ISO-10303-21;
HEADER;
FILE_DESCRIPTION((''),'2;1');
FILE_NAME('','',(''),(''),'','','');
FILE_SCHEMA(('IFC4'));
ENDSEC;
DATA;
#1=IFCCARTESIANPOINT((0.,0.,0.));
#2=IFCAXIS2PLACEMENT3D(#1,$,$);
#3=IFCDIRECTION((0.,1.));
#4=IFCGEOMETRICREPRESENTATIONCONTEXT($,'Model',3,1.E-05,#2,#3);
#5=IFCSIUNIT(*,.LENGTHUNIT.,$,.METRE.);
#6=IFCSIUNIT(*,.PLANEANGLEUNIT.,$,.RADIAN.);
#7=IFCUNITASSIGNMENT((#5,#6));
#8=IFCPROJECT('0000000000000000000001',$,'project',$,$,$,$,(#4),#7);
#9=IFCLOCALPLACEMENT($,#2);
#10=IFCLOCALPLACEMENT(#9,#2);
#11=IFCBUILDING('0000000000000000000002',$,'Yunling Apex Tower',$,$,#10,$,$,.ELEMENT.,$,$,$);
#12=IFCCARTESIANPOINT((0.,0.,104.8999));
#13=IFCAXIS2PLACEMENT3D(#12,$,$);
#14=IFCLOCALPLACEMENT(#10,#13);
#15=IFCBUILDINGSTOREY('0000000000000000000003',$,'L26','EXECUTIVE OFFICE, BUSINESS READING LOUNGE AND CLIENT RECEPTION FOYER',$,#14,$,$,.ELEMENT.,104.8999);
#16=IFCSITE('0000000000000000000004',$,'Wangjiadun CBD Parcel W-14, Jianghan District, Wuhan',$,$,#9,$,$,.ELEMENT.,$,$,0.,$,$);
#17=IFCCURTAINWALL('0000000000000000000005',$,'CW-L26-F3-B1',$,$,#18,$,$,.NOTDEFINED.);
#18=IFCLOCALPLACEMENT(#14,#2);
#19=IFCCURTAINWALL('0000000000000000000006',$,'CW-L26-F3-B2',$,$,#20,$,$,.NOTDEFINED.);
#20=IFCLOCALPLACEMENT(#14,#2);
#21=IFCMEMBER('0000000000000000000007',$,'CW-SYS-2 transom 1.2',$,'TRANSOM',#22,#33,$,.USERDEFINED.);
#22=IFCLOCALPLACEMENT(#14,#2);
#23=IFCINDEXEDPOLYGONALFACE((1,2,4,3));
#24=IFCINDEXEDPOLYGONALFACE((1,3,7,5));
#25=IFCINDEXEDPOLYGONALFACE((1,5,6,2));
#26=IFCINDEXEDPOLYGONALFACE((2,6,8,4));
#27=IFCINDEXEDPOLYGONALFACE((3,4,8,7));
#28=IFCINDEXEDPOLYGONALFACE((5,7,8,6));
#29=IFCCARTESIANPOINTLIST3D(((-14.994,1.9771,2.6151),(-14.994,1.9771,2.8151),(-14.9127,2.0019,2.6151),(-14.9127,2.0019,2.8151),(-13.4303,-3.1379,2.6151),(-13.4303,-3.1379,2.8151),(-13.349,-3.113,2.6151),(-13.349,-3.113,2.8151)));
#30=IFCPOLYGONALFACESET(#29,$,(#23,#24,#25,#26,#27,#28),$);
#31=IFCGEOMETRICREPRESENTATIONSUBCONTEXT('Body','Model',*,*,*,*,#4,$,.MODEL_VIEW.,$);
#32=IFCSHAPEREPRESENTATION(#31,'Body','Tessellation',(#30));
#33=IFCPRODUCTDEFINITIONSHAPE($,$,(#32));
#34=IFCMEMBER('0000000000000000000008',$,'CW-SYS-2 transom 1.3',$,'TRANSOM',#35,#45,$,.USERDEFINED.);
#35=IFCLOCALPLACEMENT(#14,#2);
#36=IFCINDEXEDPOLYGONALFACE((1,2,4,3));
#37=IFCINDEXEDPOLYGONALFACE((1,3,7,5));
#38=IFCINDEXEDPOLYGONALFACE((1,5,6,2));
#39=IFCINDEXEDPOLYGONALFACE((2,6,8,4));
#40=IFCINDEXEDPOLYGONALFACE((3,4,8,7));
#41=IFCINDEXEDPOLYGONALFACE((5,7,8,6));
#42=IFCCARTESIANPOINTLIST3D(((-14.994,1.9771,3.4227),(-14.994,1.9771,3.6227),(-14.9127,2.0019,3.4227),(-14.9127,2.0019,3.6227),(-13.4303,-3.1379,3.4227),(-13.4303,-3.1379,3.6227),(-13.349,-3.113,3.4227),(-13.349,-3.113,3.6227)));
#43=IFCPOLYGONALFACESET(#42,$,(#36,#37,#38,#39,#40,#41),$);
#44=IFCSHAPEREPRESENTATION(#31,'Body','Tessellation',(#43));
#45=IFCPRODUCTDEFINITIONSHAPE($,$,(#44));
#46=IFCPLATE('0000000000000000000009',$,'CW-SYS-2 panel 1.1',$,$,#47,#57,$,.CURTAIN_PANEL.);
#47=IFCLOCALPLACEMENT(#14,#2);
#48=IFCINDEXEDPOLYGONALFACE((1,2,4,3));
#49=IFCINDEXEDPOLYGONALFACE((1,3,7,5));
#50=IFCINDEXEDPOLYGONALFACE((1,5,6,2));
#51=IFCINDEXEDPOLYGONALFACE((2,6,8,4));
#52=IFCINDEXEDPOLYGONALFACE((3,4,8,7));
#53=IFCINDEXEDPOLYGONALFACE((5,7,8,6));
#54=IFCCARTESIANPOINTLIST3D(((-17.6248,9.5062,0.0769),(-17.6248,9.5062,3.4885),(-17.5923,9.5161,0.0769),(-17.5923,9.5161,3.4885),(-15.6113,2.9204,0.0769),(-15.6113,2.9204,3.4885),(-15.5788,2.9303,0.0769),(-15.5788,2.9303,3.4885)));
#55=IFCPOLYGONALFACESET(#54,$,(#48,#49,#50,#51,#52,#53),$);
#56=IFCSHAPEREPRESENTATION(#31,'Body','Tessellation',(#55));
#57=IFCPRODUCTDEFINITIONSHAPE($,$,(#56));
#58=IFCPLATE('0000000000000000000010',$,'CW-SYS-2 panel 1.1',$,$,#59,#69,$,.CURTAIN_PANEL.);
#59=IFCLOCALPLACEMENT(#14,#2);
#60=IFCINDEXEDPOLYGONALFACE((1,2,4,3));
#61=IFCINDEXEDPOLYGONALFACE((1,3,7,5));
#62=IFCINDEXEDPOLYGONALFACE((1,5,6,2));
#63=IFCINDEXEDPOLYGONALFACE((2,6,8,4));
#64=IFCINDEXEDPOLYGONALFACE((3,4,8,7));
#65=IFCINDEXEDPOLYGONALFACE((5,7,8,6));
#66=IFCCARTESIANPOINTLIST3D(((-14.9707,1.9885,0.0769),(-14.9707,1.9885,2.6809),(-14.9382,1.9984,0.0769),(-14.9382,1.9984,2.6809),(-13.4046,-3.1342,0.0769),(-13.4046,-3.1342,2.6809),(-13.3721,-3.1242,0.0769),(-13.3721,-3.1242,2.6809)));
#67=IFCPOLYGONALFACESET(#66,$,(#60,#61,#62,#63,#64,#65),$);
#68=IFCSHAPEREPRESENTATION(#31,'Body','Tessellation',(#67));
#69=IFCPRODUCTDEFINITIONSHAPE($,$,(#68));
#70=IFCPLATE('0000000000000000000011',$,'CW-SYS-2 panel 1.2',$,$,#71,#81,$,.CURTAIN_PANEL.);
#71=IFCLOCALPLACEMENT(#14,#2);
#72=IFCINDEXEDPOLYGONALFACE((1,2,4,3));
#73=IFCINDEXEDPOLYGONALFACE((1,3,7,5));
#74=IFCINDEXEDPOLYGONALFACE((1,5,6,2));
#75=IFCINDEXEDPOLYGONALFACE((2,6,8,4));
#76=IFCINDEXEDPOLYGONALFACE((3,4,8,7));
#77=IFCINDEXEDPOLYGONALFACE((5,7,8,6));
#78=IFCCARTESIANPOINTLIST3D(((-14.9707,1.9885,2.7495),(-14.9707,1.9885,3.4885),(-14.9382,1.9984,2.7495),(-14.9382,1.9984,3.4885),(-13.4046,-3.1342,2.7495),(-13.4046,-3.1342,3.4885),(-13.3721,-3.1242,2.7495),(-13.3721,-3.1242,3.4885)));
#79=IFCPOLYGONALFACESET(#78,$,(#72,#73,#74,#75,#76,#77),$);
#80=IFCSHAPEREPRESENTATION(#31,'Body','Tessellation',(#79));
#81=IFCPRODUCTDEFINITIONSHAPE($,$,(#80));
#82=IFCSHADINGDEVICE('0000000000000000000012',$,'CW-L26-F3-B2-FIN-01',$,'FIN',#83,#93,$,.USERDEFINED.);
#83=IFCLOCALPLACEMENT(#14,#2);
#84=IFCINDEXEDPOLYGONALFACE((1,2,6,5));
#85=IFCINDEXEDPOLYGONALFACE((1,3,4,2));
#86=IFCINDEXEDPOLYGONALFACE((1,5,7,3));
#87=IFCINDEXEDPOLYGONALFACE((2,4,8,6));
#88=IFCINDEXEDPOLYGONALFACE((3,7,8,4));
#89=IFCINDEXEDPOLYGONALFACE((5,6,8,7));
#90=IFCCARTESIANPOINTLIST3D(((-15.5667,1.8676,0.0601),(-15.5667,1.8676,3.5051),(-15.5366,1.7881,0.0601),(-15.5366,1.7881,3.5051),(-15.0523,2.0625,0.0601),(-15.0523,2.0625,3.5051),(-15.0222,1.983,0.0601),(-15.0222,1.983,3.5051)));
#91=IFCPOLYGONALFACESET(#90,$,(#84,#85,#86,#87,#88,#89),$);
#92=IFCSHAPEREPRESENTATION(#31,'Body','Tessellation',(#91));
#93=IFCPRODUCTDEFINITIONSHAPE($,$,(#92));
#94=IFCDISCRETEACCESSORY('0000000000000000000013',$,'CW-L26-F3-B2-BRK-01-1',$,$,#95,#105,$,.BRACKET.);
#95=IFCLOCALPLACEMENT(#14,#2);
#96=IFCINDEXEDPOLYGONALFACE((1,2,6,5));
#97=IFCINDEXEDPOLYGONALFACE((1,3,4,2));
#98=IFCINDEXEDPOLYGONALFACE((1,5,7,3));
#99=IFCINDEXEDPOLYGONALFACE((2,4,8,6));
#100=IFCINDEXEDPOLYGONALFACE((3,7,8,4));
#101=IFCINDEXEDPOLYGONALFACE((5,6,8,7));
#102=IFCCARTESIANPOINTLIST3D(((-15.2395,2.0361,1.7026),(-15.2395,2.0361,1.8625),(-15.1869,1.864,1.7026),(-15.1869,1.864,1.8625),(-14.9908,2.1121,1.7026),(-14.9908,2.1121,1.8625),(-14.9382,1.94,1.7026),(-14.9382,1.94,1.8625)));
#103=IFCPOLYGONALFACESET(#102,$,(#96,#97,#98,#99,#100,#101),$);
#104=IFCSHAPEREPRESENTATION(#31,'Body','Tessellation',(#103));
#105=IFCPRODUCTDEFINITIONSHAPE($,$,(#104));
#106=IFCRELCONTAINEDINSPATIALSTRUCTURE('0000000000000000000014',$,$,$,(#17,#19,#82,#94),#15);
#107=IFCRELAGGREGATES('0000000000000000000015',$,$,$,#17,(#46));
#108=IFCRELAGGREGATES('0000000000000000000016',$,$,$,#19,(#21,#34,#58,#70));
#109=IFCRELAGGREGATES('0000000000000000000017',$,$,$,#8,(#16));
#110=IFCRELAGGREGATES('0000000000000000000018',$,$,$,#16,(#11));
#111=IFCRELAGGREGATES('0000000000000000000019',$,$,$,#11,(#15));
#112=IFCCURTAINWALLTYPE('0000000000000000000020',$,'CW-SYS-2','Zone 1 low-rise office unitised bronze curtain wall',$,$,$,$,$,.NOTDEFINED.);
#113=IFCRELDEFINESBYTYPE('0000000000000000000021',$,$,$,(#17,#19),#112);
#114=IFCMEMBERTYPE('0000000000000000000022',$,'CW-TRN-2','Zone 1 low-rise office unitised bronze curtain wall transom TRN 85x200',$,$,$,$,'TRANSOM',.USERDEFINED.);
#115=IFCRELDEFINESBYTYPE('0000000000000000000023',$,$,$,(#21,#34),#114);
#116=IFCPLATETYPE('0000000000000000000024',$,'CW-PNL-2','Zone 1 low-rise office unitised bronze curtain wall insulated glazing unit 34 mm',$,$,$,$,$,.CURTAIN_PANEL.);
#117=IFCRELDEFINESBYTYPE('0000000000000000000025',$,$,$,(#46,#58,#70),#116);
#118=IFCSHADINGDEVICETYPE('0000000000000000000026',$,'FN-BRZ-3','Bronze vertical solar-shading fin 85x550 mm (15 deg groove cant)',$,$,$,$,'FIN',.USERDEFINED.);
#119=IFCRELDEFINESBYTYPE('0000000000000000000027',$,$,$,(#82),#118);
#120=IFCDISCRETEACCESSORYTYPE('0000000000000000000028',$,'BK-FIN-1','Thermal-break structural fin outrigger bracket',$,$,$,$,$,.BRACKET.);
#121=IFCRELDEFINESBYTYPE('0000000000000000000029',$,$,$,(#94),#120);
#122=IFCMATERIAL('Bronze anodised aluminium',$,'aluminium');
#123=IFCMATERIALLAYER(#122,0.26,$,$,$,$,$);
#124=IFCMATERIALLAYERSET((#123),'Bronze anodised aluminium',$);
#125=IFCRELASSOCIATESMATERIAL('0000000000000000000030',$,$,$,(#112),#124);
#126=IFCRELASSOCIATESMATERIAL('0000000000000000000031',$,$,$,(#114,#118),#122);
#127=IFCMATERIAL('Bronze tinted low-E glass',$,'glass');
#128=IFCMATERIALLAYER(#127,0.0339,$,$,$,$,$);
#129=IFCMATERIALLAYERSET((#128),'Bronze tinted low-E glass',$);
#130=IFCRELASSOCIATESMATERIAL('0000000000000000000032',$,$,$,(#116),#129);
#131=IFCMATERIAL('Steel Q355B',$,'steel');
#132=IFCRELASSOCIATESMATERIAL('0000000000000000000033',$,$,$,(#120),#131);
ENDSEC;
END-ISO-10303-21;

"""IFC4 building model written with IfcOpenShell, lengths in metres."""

from ifc_helpers import new_model, si_unit, direction, frame, origin, origin_2d, place, context, subcontext, project, spatial, rectangle, extrude, source, transform, mapped, material, layer, layer_set, material_profile, profile_set, type_object, element, aggregate, save


model = new_model("IFC4")

# Units and contexts
model_context = context("Model", 3, precision=1e-05, world=origin(), true_north=direction((0.0, 1.0)))
body_context = subcontext(model_context, "Body", "Model", "MODEL_VIEW")
ifc_project = project(units=[si_unit("LENGTHUNIT", "METRE"), si_unit("PLANEANGLEUNIT", "RADIAN")], contexts=[model_context])

# Site, building, storey
site_placement = place(None, origin())
site = spatial("IfcSite", under=ifc_project, at=site_placement, Name="Wangjiadun CBD Parcel W-14, Jianghan District, Wuhan", CompositionType="ELEMENT", RefElevation=0.0)
building_placement = place(site_placement, origin())
building = spatial("IfcBuilding", under=site, at=building_placement, Name="Yunling Apex Tower", CompositionType="ELEMENT")
storey_placement = place(building_placement, frame((0.0, 0.0, 104.8999)))
storey = spatial("IfcBuildingStorey", under=building, at=storey_placement, Name="L26", Description="EXECUTIVE OFFICE, BUSINESS READING LOUNGE AND CLIENT RECEPTION FOYER", CompositionType="ELEMENT", Elevation=104.8999)

# Shared definitions
ifc_material_1 = material(Name="Steel Q355B", Category="steel")

# Curtain wall
ifc_material_2 = material(Name="Bronze anodised aluminium", Category="aluminium")
ifc_layer_1 = layer(ifc_material_2, 0.26)
ifc_layer_set_1 = layer_set([ifc_layer_1], Name="Bronze anodised aluminium")
curtain_wall_type = type_object("IfcCurtainWallType", Name="CW-SYS-2", Description="Zone 1 low-rise office unitised bronze curtain wall", PredefinedType="NOTDEFINED", material=ifc_layer_set_1)
curtain_wall_1_placement = place(storey_placement, origin())
curtain_wall_1 = element("IfcCurtainWall", 1, at=curtain_wall_1_placement, inside=storey, type_object=curtain_wall_type, Name="CW-L26-F3-B1", PredefinedType="NOTDEFINED")

# Curtain wall, members
curtain_wall_2_placement = place(storey_placement, origin())
curtain_wall_2 = element("IfcCurtainWall", 2, at=curtain_wall_2_placement, inside=storey, type_object=curtain_wall_type, Name="CW-L26-F3-B2", PredefinedType="NOTDEFINED")
ifc_material_profile_1 = material_profile(ifc_material_2, rectangle(XDim=0.085, YDim=0.2, at=origin_2d()))
ifc_profile_set_1 = profile_set([ifc_material_profile_1], Name="Bronze anodised aluminium")
member_type_1 = type_object("IfcMemberType", Name="CW-TRN-2", Description="Zone 1 low-rise office unitised bronze curtain wall transom TRN 85x200", ElementType="TRANSOM", PredefinedType="USERDEFINED", material=ifc_profile_set_1)
shared_shape_1 = source(origin(), body_context, "Body", "SweptSolid", [
    extrude(rectangle(XDim=0.085, YDim=0.2, at=origin_2d()), origin(), (0.0, 0.0, 1.0), 5.3486),
])
member_1_placement = place(storey_placement, frame((-14.9534, 1.9895, 2.7151), z_axis=(0.292357, -0.956309, 0.0), x_axis=(0.956309, 0.292357, 0.0)))
member_1 = element("IfcMember", 3, at=member_1_placement, type_object=member_type_1, Name="CW-SYS-2 transom 1.2", ObjectType="TRANSOM", PredefinedType="USERDEFINED", context=body_context, shape_type="MappedRepresentation", body=[
    mapped(shared_shape_1, transform((0.0, 0.0, 0.0), scale=1.0)),
])
member_2_placement = place(storey_placement, frame((-14.9534, 1.9895, 3.5227), z_axis=(0.292357, -0.956309, 0.0), x_axis=(0.956309, 0.292357, 0.0)))
member_2 = element("IfcMember", 4, at=member_2_placement, type_object=member_type_1, Name="CW-SYS-2 transom 1.3", ObjectType="TRANSOM", PredefinedType="USERDEFINED", context=body_context, shape_type="MappedRepresentation", body=[
    mapped(shared_shape_1, transform((0.0, 0.0, 0.0), scale=1.0)),
])

# Plates
ifc_material_3 = material(Name="Bronze tinted low-E glass", Category="glass")
ifc_layer_2 = layer(ifc_material_3, 0.0339)
ifc_layer_set_2 = layer_set([ifc_layer_2], Name="Bronze tinted low-E glass")
plate_type = type_object("IfcPlateType", Name="CW-PNL-2", Description="Zone 1 low-rise office unitised bronze curtain wall insulated glazing unit 34 mm", PredefinedType="CURTAIN_PANEL", material=ifc_layer_set_2)
shared_shape_2 = source(origin(), body_context, "Body", "SweptSolid", [
    extrude(rectangle(XDim=6.8867, YDim=0.0339, at=origin_2d()), origin(), (0.0, 0.0, 1.0), 3.4116),
])
plate_1_placement = place(storey_placement, frame((-16.6018, 6.2183, 0.0769), z_axis=(0.0, 0.0, 1.0), x_axis=(0.292373, -0.956304, 0.0)))
plate_1 = element("IfcPlate", 5, at=plate_1_placement, type_object=plate_type, Name="CW-SYS-2 panel 1.1", PredefinedType="CURTAIN_PANEL", context=body_context, shape_type="MappedRepresentation", body=[
    mapped(shared_shape_2, transform((0.0, 0.0, 0.0), scale=1.0)),
])
aggregate(curtain_wall_1, [plate_1])
shared_shape_3 = source(origin(), body_context, "Body", "SweptSolid", [
    extrude(rectangle(XDim=5.3567, YDim=0.0339, at=origin_2d()), origin(), (0.0, 0.0, 1.0), 2.604),
])
plate_2_placement = place(storey_placement, frame((-14.1714, -0.5679, 0.0769), z_axis=(0.0, 0.0, 1.0), x_axis=(0.292364, -0.956307, 0.0)))
plate_2 = element("IfcPlate", 6, at=plate_2_placement, type_object=plate_type, Name="CW-SYS-2 panel 1.1", PredefinedType="CURTAIN_PANEL", context=body_context, shape_type="MappedRepresentation", body=[
    mapped(shared_shape_3, transform((0.0, 0.0, 0.0), scale=1.0)),
])
shared_shape_4 = source(origin(), body_context, "Body", "SweptSolid", [
    extrude(rectangle(XDim=5.3567, YDim=0.0339, at=origin_2d()), origin(), (0.0, 0.0, 1.0), 0.739),
])
plate_3_placement = place(storey_placement, frame((-14.1714, -0.5679, 2.7495), z_axis=(0.0, 0.0, 1.0), x_axis=(0.292364, -0.956307, 0.0)))
plate_3 = element("IfcPlate", 7, at=plate_3_placement, type_object=plate_type, Name="CW-SYS-2 panel 1.2", PredefinedType="CURTAIN_PANEL", context=body_context, shape_type="MappedRepresentation", body=[
    mapped(shared_shape_4, transform((0.0, 0.0, 0.0), scale=1.0)),
])
aggregate(curtain_wall_2, [member_1, member_2, plate_2, plate_3])

# Shading device
ifc_material_profile_2 = material_profile(ifc_material_2, rectangle(XDim=0.085, YDim=0.55, at=origin_2d()))
ifc_profile_set_2 = profile_set([ifc_material_profile_2], Name="Bronze anodised aluminium")
shading_device_type = type_object("IfcShadingDeviceType", Name="FN-BRZ-3", Description="Bronze vertical solar-shading fin 85x550 mm (15 deg groove cant)", ElementType="FIN", PredefinedType="USERDEFINED", material=ifc_profile_set_2)
shared_shape_5 = source(origin(), body_context, "Body", "SweptSolid", [
    extrude(rectangle(XDim=0.085, YDim=0.55, at=origin_2d()), origin(), (0.0, 0.0, 1.0), 3.4451),
])
shading_device_placement = place(storey_placement, frame((-15.2944, 1.9253, 0.0601), z_axis=(0.0, 0.0, 1.0), x_axis=(0.354291, -0.935135, 0.0)))
element("IfcShadingDevice", 8, at=shading_device_placement, inside=storey, type_object=shading_device_type, Name="CW-L26-F3-B2-FIN-01", ObjectType="FIN", PredefinedType="USERDEFINED", context=body_context, shape_type="MappedRepresentation", body=[
    mapped(shared_shape_5, transform((0.0, 0.0, 0.0), scale=1.0)),
])

# Discrete accessory
discrete_accessory_type = type_object("IfcDiscreteAccessoryType", Name="BK-FIN-1", Description="Thermal-break structural fin outrigger bracket", PredefinedType="BRACKET", material=ifc_material_1)
shared_shape_6 = source(origin(), body_context, "Body", "SweptSolid", [
    extrude(rectangle(XDim=0.1799, YDim=0.26, at=origin_2d()), origin(), (0.0, 0.0, 1.0), 0.1599),
])
discrete_accessory_placement = place(storey_placement, frame((-15.0889, 1.988, 1.7026), z_axis=(0.0, 0.0, 1.0), x_axis=(0.292372, -0.956305, 0.0)))
element("IfcDiscreteAccessory", 9, at=discrete_accessory_placement, inside=storey, type_object=discrete_accessory_type, Name="CW-L26-F3-B2-BRK-01-1", PredefinedType="BRACKET", context=body_context, shape_type="MappedRepresentation", body=[
    mapped(shared_shape_6, transform((0.0, 0.0, 0.0), scale=1.0)),
])

save(model, "model.ifc")
